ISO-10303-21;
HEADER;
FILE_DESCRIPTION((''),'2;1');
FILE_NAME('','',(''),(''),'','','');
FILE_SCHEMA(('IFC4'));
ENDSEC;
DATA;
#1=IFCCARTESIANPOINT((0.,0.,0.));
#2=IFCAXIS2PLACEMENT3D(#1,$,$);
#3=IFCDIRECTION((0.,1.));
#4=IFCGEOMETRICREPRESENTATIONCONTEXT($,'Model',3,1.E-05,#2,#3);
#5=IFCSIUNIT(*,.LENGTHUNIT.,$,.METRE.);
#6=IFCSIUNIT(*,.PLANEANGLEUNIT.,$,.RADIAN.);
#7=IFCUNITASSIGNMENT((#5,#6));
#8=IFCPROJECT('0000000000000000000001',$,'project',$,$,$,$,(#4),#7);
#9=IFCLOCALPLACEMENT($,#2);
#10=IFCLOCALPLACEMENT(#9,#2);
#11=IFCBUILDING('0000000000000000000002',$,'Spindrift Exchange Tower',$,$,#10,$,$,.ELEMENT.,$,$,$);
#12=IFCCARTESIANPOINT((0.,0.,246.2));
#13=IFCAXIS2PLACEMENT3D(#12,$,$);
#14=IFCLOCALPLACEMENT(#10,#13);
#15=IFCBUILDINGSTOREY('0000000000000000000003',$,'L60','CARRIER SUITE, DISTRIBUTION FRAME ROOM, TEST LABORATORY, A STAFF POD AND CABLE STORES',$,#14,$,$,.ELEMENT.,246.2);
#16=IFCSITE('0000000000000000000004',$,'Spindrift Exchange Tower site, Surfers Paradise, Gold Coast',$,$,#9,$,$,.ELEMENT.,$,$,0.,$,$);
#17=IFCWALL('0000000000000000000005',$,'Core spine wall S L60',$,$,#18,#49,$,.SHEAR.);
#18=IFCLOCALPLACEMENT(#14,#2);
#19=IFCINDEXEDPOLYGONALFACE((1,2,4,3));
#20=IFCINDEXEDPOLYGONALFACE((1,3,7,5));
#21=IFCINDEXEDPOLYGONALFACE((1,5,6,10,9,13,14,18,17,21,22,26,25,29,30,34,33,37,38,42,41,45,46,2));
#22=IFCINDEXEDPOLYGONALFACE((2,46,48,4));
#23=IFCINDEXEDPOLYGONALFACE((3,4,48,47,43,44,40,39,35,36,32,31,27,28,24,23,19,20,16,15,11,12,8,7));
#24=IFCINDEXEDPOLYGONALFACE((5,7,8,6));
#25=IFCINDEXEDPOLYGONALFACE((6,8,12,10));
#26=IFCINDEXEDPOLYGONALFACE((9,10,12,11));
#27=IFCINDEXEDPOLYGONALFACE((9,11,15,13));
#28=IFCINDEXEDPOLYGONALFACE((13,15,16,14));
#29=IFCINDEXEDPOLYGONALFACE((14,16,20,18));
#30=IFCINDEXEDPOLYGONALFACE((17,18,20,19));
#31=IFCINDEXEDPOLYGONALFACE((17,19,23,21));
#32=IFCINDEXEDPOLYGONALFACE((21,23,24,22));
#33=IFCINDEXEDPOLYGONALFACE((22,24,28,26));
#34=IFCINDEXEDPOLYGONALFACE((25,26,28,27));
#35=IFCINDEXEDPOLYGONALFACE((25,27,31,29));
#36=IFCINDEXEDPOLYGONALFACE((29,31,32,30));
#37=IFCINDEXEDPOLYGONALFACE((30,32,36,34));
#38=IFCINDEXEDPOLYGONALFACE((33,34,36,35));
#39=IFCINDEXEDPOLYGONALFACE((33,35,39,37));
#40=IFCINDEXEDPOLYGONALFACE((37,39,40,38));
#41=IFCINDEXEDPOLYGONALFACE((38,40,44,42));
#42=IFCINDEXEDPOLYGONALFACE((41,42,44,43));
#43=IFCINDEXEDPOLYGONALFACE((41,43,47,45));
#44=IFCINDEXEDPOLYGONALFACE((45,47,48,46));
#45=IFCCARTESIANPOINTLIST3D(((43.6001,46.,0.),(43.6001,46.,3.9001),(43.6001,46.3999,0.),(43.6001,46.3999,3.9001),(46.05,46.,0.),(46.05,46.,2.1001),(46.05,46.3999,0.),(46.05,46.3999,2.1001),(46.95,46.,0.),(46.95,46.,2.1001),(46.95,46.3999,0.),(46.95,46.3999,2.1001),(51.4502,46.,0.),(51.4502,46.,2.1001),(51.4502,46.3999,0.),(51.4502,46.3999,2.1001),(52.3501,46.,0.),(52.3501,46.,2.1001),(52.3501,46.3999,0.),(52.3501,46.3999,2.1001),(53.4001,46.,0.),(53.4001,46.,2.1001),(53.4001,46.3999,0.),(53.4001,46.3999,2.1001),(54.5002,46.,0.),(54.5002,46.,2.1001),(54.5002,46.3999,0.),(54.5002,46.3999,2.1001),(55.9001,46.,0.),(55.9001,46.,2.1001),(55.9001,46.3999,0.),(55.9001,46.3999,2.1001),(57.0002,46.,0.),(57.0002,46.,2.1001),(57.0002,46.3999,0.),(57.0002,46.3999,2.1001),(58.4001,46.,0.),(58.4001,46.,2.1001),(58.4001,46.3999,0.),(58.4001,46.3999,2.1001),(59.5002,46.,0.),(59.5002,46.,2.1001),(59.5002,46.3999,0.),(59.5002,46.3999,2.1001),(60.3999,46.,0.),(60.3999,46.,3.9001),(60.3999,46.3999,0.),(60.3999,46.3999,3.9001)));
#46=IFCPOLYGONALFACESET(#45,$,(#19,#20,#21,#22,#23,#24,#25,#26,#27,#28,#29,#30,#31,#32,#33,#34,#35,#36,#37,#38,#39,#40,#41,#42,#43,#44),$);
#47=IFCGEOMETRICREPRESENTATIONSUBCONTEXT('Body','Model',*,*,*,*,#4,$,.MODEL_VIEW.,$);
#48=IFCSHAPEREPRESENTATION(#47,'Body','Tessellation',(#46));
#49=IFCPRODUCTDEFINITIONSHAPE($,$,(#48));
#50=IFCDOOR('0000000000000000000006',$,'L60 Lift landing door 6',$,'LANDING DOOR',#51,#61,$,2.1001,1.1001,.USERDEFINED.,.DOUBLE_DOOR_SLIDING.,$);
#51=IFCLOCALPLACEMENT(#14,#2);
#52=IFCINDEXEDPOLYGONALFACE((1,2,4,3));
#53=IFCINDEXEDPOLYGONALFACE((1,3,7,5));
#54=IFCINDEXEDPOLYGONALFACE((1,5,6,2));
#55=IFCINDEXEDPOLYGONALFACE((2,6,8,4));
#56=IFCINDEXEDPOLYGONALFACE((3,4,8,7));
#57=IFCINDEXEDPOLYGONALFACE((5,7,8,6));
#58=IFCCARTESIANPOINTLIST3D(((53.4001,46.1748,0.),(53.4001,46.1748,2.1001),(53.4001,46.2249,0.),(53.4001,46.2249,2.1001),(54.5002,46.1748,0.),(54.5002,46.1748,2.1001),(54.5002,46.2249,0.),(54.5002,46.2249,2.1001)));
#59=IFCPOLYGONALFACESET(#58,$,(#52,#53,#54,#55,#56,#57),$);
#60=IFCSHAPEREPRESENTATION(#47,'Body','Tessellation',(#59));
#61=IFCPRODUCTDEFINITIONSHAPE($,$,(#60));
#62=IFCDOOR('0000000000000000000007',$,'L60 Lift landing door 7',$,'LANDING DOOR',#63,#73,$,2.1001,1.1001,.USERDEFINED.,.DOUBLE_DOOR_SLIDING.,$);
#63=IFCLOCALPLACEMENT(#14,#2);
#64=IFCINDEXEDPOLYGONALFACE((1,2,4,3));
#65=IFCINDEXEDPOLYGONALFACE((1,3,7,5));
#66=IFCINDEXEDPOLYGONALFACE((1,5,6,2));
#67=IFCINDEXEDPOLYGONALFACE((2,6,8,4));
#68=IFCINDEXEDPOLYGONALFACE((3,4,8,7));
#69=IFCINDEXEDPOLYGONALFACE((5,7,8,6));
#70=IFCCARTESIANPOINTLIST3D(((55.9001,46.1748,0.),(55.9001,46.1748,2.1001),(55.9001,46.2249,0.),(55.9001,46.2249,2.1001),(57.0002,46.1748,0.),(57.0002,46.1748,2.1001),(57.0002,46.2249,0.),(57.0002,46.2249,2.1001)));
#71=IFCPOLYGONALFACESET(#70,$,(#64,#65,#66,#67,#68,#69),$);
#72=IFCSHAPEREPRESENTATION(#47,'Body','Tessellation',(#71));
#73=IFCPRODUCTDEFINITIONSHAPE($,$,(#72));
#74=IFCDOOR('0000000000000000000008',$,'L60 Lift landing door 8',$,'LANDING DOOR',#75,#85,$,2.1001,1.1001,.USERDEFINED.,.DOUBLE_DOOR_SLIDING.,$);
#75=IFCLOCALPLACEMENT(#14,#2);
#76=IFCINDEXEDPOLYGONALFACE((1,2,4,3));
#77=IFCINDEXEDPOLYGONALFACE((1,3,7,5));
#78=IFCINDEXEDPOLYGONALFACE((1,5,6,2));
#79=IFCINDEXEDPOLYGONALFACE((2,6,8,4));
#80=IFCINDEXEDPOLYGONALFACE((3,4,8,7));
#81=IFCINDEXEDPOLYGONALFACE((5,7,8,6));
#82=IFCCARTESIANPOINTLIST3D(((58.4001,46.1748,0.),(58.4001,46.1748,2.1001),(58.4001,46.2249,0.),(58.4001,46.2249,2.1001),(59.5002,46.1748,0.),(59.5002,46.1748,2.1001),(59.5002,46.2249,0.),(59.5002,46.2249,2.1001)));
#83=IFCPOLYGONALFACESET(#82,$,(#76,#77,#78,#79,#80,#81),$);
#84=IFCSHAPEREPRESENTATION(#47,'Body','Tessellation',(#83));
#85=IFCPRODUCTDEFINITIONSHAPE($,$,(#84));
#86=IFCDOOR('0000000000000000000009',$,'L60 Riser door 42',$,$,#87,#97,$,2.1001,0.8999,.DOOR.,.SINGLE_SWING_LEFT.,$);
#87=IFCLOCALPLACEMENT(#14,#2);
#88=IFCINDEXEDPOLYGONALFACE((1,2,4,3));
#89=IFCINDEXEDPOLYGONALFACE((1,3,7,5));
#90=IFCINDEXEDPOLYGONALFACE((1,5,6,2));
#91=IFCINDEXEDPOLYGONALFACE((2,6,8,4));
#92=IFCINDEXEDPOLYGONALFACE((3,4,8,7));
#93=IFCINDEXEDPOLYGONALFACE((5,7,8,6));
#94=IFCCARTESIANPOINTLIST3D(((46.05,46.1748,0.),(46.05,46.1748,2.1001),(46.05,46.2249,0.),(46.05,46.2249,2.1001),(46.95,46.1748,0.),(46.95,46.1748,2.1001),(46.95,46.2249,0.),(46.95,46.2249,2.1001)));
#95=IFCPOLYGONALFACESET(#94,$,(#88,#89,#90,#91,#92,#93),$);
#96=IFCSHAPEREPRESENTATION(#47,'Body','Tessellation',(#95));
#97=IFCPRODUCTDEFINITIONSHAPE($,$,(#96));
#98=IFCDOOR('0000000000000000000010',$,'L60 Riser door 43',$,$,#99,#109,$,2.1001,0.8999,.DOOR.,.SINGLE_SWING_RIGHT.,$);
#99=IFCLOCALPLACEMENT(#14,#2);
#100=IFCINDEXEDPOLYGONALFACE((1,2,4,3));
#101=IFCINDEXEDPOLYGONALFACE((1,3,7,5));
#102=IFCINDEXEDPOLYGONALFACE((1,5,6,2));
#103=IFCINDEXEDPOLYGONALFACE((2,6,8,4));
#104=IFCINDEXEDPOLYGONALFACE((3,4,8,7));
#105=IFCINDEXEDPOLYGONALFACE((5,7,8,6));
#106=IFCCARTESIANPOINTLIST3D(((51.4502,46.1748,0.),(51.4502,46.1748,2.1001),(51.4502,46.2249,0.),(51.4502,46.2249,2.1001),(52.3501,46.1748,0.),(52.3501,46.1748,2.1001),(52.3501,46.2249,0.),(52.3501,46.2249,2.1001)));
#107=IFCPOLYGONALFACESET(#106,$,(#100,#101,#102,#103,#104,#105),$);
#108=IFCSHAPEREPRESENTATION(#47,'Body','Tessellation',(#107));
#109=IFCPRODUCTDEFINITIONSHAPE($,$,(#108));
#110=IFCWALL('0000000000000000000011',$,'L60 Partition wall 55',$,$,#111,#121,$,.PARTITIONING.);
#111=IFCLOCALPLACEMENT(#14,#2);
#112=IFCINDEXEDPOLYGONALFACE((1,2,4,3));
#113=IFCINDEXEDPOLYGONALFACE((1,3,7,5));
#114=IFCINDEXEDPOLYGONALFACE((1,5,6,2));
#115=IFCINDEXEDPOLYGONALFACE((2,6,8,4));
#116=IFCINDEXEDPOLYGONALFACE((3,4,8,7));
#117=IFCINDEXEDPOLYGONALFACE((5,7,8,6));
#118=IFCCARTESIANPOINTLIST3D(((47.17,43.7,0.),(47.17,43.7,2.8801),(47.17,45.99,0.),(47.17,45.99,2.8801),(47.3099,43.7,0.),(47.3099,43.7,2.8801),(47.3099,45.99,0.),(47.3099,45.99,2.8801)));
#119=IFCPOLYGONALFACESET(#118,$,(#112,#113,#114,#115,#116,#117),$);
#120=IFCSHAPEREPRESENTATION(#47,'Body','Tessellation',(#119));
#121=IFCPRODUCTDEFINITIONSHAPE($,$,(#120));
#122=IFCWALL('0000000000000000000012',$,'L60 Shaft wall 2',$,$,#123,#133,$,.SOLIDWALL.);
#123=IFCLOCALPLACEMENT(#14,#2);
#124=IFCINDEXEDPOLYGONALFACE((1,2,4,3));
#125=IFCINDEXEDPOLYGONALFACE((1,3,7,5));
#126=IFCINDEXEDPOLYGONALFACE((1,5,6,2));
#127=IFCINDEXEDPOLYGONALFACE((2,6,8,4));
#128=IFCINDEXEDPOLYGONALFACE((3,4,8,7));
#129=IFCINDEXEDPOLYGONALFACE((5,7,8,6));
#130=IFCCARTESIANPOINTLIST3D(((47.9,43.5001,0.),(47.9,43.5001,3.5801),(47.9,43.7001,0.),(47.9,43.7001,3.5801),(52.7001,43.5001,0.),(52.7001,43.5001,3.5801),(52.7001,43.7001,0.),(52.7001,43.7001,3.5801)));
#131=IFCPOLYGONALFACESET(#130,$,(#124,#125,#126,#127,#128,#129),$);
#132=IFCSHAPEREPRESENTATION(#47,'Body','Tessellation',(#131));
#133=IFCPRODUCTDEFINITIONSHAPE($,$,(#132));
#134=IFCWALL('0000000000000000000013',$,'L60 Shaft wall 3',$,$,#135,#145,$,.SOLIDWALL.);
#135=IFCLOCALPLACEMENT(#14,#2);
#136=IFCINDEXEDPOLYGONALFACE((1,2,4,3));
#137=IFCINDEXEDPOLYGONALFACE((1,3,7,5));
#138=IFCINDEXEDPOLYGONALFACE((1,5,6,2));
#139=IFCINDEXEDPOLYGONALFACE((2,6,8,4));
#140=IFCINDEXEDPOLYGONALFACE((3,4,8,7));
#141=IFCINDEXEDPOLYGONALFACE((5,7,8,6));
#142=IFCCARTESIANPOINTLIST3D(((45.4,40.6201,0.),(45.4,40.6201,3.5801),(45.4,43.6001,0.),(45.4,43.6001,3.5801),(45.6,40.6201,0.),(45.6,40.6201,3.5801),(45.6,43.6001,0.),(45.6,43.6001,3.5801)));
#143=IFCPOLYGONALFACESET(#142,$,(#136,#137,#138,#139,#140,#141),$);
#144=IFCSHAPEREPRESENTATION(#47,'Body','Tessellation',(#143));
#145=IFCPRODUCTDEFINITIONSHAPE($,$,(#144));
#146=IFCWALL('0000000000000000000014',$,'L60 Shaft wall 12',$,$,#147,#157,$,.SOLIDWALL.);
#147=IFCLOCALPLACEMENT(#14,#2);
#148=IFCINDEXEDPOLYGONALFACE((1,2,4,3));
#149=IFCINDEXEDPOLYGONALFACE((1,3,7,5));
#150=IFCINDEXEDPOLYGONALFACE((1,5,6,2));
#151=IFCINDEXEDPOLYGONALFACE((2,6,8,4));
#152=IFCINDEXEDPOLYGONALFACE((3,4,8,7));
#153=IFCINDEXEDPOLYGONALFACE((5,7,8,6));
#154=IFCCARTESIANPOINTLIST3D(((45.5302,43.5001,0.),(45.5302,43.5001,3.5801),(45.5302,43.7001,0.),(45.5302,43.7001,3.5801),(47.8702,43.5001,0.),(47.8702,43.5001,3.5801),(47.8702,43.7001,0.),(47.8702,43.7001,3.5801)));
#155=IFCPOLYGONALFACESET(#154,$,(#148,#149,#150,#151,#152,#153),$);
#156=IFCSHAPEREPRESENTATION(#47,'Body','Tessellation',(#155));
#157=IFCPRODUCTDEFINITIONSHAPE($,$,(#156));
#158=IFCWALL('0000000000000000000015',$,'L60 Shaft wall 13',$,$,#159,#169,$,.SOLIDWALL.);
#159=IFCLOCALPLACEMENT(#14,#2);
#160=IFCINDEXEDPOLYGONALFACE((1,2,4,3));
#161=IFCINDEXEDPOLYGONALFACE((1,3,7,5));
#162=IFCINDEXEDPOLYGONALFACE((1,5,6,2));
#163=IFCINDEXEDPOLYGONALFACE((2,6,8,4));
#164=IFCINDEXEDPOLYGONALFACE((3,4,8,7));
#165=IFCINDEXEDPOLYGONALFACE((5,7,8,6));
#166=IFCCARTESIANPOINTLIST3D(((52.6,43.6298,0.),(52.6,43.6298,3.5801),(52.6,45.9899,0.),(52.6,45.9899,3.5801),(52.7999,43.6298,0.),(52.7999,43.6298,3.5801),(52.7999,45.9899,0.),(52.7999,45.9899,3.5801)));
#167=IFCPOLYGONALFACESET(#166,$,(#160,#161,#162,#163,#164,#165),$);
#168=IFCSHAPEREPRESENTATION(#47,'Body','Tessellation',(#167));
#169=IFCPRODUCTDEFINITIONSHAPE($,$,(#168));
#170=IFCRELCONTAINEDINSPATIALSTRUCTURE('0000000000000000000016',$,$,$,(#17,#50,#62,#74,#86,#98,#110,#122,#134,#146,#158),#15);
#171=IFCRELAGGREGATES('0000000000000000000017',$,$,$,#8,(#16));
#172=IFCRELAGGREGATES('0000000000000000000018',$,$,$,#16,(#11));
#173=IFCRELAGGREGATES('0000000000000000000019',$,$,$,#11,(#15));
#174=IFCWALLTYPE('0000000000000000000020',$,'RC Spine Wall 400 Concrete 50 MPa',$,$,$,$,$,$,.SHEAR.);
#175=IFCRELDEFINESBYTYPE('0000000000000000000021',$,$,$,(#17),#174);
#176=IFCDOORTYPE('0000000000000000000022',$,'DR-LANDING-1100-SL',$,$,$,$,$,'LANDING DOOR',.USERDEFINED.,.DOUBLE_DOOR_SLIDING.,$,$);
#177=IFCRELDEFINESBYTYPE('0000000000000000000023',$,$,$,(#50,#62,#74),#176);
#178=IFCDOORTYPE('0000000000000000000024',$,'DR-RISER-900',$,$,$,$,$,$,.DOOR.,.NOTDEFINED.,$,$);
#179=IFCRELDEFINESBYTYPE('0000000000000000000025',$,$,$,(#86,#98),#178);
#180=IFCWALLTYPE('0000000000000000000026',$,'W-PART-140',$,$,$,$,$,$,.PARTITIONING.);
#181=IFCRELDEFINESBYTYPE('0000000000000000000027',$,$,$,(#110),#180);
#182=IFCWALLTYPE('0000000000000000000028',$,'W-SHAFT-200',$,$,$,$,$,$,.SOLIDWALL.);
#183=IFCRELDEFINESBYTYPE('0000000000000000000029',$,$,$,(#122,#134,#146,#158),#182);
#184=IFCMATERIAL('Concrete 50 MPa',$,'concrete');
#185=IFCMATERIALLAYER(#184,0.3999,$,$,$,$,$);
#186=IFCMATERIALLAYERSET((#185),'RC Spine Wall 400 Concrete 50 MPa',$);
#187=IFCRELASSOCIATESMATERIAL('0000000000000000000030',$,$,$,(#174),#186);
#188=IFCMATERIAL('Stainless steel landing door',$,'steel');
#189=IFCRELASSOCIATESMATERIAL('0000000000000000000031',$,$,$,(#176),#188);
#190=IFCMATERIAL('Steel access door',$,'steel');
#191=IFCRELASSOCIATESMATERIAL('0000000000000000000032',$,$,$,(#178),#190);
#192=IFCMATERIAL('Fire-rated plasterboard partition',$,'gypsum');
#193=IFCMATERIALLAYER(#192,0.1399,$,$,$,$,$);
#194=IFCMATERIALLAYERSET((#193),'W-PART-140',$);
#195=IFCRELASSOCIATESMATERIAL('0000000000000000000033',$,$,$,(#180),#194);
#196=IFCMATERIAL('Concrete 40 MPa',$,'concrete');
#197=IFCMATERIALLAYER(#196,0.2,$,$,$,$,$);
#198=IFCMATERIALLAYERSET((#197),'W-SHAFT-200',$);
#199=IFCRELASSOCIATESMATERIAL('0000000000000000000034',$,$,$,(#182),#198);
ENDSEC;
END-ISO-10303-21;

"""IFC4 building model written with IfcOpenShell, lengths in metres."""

from ifc_helpers import new_model, si_unit, direction, frame, frame_2d, origin, place, context, subcontext, project, spatial, rectangle, extrude, source, transform, mapped, material, layer, layer_set, type_object, element, fill, save


model = new_model("IFC4")

# Units and contexts
model_context = context("Model", 3, precision=1e-05, world=origin(), true_north=direction((0.0, 1.0)))
body_context = subcontext(model_context, "Body", "Model", "MODEL_VIEW")
ifc_project = project(units=[si_unit("LENGTHUNIT", "METRE"), si_unit("PLANEANGLEUNIT", "RADIAN")], contexts=[model_context])

# Site, building, storey
site_placement = place(None, origin())
site = spatial("IfcSite", under=ifc_project, at=site_placement, Name="Spindrift Exchange Tower site, Surfers Paradise, Gold Coast", CompositionType="ELEMENT", RefElevation=0.0)
building_placement = place(site_placement, origin())
building = spatial("IfcBuilding", under=site, at=building_placement, Name="Spindrift Exchange Tower", CompositionType="ELEMENT")
storey_placement = place(building_placement, frame((0.0, 0.0, 246.2)))
storey = spatial("IfcBuildingStorey", under=building, at=storey_placement, Name="L60", Description="CARRIER SUITE, DISTRIBUTION FRAME ROOM, TEST LABORATORY, A STAFF POD AND CABLE STORES", CompositionType="ELEMENT", Elevation=246.2)

# Wall, openings, doors
ifc_material_1 = material(Name="Concrete 50 MPa", Category="concrete")
ifc_layer_1 = layer(ifc_material_1, 0.3999)
ifc_layer_set_1 = layer_set([ifc_layer_1], Name="RC Spine Wall 400 Concrete 50 MPa")
wall_type_1 = type_object("IfcWallType", Name="RC Spine Wall 400 Concrete 50 MPa", PredefinedType="SHEAR", material=ifc_layer_set_1)
wall_1_placement = place(storey_placement, frame((43.6001, 46.2, 0.0), z_axis=(0.0, 0.0, 1.0), x_axis=(1.0, 0.0, 0.0)))
wall_1 = element("IfcWall", 1, at=wall_1_placement, inside=storey, type_object=wall_type_1, Name="Core spine wall S L60", PredefinedType="SHEAR", context=body_context, shape_type="SweptSolid", body=[
    extrude(rectangle(XDim=16.7998, YDim=0.3999, at=frame_2d((8.3999, 0.0))), origin(), (0.0, 0.0, 1.0), 3.9001),
])
opening_1_placement = place(wall_1_placement, frame((9.8, 0.0, 0.0)))
opening_1 = element("IfcOpeningElement", 2, at=opening_1_placement, cuts=wall_1, PredefinedType="OPENING", context=body_context, shape_type="SweptSolid", body=[
    extrude(rectangle(XDim=1.1001, YDim=2.1001, at=frame_2d((0.55, 1.05))), frame((0.0, 0.21, 0.0), z_axis=(0.0, -1.0, 0.0), x_axis=(1.0, 0.0, 0.0)), (0.0, 0.0, 1.0), 0.4199),
])
opening_2_placement = place(wall_1_placement, frame((12.3, 0.0, 0.0)))
opening_2 = element("IfcOpeningElement", 3, at=opening_2_placement, cuts=wall_1, PredefinedType="OPENING", context=body_context, shape_type="SweptSolid", body=[
    extrude(rectangle(XDim=1.1001, YDim=2.1001, at=frame_2d((0.55, 1.05))), frame((0.0, 0.21, 0.0), z_axis=(0.0, -1.0, 0.0), x_axis=(1.0, 0.0, 0.0)), (0.0, 0.0, 1.0), 0.4199),
])
opening_3_placement = place(wall_1_placement, frame((14.8, 0.0, 0.0)))
opening_3 = element("IfcOpeningElement", 4, at=opening_3_placement, cuts=wall_1, PredefinedType="OPENING", context=body_context, shape_type="SweptSolid", body=[
    extrude(rectangle(XDim=1.1001, YDim=2.1001, at=frame_2d((0.55, 1.05))), frame((0.0, 0.21, 0.0), z_axis=(0.0, -1.0, 0.0), x_axis=(1.0, 0.0, 0.0)), (0.0, 0.0, 1.0), 0.4199),
])
opening_4_placement = place(wall_1_placement, frame((2.45, 0.0, 0.0)))
opening_4 = element("IfcOpeningElement", 5, at=opening_4_placement, cuts=wall_1, PredefinedType="OPENING", context=body_context, shape_type="SweptSolid", body=[
    extrude(rectangle(XDim=0.8999, YDim=2.1001, at=frame_2d((0.45, 1.05))), frame((0.0, 0.21, 0.0), z_axis=(0.0, -1.0, 0.0), x_axis=(1.0, 0.0, 0.0)), (0.0, 0.0, 1.0), 0.4199),
])
opening_5_placement = place(wall_1_placement, frame((7.8501, 0.0, 0.0)))
opening_5 = element("IfcOpeningElement", 6, at=opening_5_placement, cuts=wall_1, PredefinedType="OPENING", context=body_context, shape_type="SweptSolid", body=[
    extrude(rectangle(XDim=0.8999, YDim=2.1001, at=frame_2d((0.45, 1.05))), frame((0.0, 0.21, 0.0), z_axis=(0.0, -1.0, 0.0), x_axis=(1.0, 0.0, 0.0)), (0.0, 0.0, 1.0), 0.4199),
])
ifc_material_2 = material(Name="Stainless steel landing door", Category="steel")
door_type_1 = type_object("IfcDoorType", Name="DR-LANDING-1100-SL", ElementType="LANDING DOOR", OperationType="DOUBLE_DOOR_SLIDING", PredefinedType="USERDEFINED", material=ifc_material_2)
shared_shape_1 = source(origin(), body_context, "Body", "SweptSolid", [
    extrude(rectangle(XDim=1.1001, YDim=2.1001, at=frame_2d((0.55, 1.05))), frame((0.0, 0.0249, 0.0), z_axis=(0.0, -1.0, 0.0), x_axis=(1.0, 0.0, 0.0)), (0.0, 0.0, 1.0), 0.05),
])
door_1_placement = place(opening_1_placement, origin())
door_1 = element("IfcDoor", 7, at=door_1_placement, inside=storey, type_object=door_type_1, Name="L60 Lift landing door 6", ObjectType="LANDING DOOR", OperationType="DOUBLE_DOOR_SLIDING", OverallHeight=2.1001, OverallWidth=1.1001, PredefinedType="USERDEFINED", context=body_context, shape_type="MappedRepresentation", body=[
    mapped(shared_shape_1, transform((0.0, 0.0, 0.0), scale=1.0)),
])
fill(opening_1, door_1)
door_2_placement = place(opening_2_placement, origin())
door_2 = element("IfcDoor", 8, at=door_2_placement, inside=storey, type_object=door_type_1, Name="L60 Lift landing door 7", ObjectType="LANDING DOOR", OperationType="DOUBLE_DOOR_SLIDING", OverallHeight=2.1001, OverallWidth=1.1001, PredefinedType="USERDEFINED", context=body_context, shape_type="MappedRepresentation", body=[
    mapped(shared_shape_1, transform((0.0, 0.0, 0.0), scale=1.0)),
])
fill(opening_2, door_2)
door_3_placement = place(opening_3_placement, origin())
door_3 = element("IfcDoor", 9, at=door_3_placement, inside=storey, type_object=door_type_1, Name="L60 Lift landing door 8", ObjectType="LANDING DOOR", OperationType="DOUBLE_DOOR_SLIDING", OverallHeight=2.1001, OverallWidth=1.1001, PredefinedType="USERDEFINED", context=body_context, shape_type="MappedRepresentation", body=[
    mapped(shared_shape_1, transform((0.0, 0.0, 0.0), scale=1.0)),
])
fill(opening_3, door_3)
ifc_material_3 = material(Name="Steel access door", Category="steel")
door_type_2 = type_object("IfcDoorType", Name="DR-RISER-900", OperationType="NOTDEFINED", PredefinedType="DOOR", material=ifc_material_3)
shared_shape_2 = source(origin(), body_context, "Body", "SweptSolid", [
    extrude(rectangle(XDim=0.8999, YDim=2.1001, at=frame_2d((0.45, 1.05))), frame((0.0, 0.0249, 0.0), z_axis=(0.0, -1.0, 0.0), x_axis=(1.0, 0.0, 0.0)), (0.0, 0.0, 1.0), 0.05),
])
door_4_placement = place(opening_4_placement, origin())
door_4 = element("IfcDoor", 10, at=door_4_placement, inside=storey, type_object=door_type_2, Name="L60 Riser door 42", OperationType="SINGLE_SWING_LEFT", OverallHeight=2.1001, OverallWidth=0.8999, PredefinedType="DOOR", context=body_context, shape_type="MappedRepresentation", body=[
    mapped(shared_shape_2, transform((0.0, 0.0, 0.0), scale=1.0)),
])
fill(opening_4, door_4)
door_5_placement = place(opening_5_placement, origin())
door_5 = element("IfcDoor", 11, at=door_5_placement, inside=storey, type_object=door_type_2, Name="L60 Riser door 43", OperationType="SINGLE_SWING_RIGHT", OverallHeight=2.1001, OverallWidth=0.8999, PredefinedType="DOOR", context=body_context, shape_type="MappedRepresentation", body=[
    mapped(shared_shape_2, transform((0.0, 0.0, 0.0), scale=1.0)),
])
fill(opening_5, door_5)

# Walls
ifc_material_4 = material(Name="Fire-rated plasterboard partition", Category="gypsum")
ifc_layer_2 = layer(ifc_material_4, 0.1399)
ifc_layer_set_2 = layer_set([ifc_layer_2], Name="W-PART-140")
wall_type_2 = type_object("IfcWallType", Name="W-PART-140", PredefinedType="PARTITIONING", material=ifc_layer_set_2)
wall_2_placement = place(storey_placement, frame((47.24, 43.7, 0.0), z_axis=(0.0, 0.0, 1.0), x_axis=(0.0, 1.0, 0.0)))
element("IfcWall", 12, at=wall_2_placement, inside=storey, type_object=wall_type_2, Name="L60 Partition wall 55", PredefinedType="PARTITIONING", context=body_context, shape_type="SweptSolid", body=[
    extrude(rectangle(XDim=2.29, YDim=0.1399, at=frame_2d((1.145, 0.0))), origin(), (0.0, 0.0, 1.0), 2.8801),
])
ifc_material_5 = material(Name="Concrete 40 MPa", Category="concrete")
ifc_layer_3 = layer(ifc_material_5, 0.2)
ifc_layer_set_3 = layer_set([ifc_layer_3], Name="W-SHAFT-200")
wall_type_3 = type_object("IfcWallType", Name="W-SHAFT-200", PredefinedType="SOLIDWALL", material=ifc_layer_set_3)
wall_3_placement = place(storey_placement, frame((52.7, 43.6001, 0.0), z_axis=(0.0, 0.0, 1.0), x_axis=(-1.0, 0.0, 0.0)))
element("IfcWall", 13, at=wall_3_placement, inside=storey, type_object=wall_type_3, Name="L60 Shaft wall 2", PredefinedType="SOLIDWALL", context=body_context, shape_type="SweptSolid", body=[
    extrude(rectangle(XDim=4.8, YDim=0.2, at=frame_2d((2.3999, 0.0))), origin(), (0.0, 0.0, 1.0), 3.5801),
])
wall_4_placement = place(storey_placement, frame((45.5, 43.6001, 0.0), z_axis=(0.0, 0.0, 1.0), x_axis=(0.0, -1.0, 0.0)))
element("IfcWall", 14, at=wall_4_placement, inside=storey, type_object=wall_type_3, Name="L60 Shaft wall 3", PredefinedType="SOLIDWALL", context=body_context, shape_type="SweptSolid", body=[
    extrude(rectangle(XDim=2.98, YDim=0.2, at=frame_2d((1.49, 0.0))), origin(), (0.0, 0.0, 1.0), 3.5801),
])
wall_5_placement = place(storey_placement, frame((47.8701, 43.6001, 0.0), z_axis=(0.0, 0.0, 1.0), x_axis=(-1.0, 0.0, 0.0)))
element("IfcWall", 15, at=wall_5_placement, inside=storey, type_object=wall_type_3, Name="L60 Shaft wall 12", PredefinedType="SOLIDWALL", context=body_context, shape_type="SweptSolid", body=[
    extrude(rectangle(XDim=2.3401, YDim=0.2, at=frame_2d((1.1699, 0.0))), origin(), (0.0, 0.0, 1.0), 3.5801),
])
wall_6_placement = place(storey_placement, frame((52.7, 45.99, 0.0), z_axis=(0.0, 0.0, 1.0), x_axis=(0.0, -1.0, 0.0)))
element("IfcWall", 16, at=wall_6_placement, inside=storey, type_object=wall_type_3, Name="L60 Shaft wall 13", PredefinedType="SOLIDWALL", context=body_context, shape_type="SweptSolid", body=[
    extrude(rectangle(XDim=2.3601, YDim=0.2, at=frame_2d((1.1802, 0.0))), origin(), (0.0, 0.0, 1.0), 3.5801),
])

save(model, "model.ifc")
